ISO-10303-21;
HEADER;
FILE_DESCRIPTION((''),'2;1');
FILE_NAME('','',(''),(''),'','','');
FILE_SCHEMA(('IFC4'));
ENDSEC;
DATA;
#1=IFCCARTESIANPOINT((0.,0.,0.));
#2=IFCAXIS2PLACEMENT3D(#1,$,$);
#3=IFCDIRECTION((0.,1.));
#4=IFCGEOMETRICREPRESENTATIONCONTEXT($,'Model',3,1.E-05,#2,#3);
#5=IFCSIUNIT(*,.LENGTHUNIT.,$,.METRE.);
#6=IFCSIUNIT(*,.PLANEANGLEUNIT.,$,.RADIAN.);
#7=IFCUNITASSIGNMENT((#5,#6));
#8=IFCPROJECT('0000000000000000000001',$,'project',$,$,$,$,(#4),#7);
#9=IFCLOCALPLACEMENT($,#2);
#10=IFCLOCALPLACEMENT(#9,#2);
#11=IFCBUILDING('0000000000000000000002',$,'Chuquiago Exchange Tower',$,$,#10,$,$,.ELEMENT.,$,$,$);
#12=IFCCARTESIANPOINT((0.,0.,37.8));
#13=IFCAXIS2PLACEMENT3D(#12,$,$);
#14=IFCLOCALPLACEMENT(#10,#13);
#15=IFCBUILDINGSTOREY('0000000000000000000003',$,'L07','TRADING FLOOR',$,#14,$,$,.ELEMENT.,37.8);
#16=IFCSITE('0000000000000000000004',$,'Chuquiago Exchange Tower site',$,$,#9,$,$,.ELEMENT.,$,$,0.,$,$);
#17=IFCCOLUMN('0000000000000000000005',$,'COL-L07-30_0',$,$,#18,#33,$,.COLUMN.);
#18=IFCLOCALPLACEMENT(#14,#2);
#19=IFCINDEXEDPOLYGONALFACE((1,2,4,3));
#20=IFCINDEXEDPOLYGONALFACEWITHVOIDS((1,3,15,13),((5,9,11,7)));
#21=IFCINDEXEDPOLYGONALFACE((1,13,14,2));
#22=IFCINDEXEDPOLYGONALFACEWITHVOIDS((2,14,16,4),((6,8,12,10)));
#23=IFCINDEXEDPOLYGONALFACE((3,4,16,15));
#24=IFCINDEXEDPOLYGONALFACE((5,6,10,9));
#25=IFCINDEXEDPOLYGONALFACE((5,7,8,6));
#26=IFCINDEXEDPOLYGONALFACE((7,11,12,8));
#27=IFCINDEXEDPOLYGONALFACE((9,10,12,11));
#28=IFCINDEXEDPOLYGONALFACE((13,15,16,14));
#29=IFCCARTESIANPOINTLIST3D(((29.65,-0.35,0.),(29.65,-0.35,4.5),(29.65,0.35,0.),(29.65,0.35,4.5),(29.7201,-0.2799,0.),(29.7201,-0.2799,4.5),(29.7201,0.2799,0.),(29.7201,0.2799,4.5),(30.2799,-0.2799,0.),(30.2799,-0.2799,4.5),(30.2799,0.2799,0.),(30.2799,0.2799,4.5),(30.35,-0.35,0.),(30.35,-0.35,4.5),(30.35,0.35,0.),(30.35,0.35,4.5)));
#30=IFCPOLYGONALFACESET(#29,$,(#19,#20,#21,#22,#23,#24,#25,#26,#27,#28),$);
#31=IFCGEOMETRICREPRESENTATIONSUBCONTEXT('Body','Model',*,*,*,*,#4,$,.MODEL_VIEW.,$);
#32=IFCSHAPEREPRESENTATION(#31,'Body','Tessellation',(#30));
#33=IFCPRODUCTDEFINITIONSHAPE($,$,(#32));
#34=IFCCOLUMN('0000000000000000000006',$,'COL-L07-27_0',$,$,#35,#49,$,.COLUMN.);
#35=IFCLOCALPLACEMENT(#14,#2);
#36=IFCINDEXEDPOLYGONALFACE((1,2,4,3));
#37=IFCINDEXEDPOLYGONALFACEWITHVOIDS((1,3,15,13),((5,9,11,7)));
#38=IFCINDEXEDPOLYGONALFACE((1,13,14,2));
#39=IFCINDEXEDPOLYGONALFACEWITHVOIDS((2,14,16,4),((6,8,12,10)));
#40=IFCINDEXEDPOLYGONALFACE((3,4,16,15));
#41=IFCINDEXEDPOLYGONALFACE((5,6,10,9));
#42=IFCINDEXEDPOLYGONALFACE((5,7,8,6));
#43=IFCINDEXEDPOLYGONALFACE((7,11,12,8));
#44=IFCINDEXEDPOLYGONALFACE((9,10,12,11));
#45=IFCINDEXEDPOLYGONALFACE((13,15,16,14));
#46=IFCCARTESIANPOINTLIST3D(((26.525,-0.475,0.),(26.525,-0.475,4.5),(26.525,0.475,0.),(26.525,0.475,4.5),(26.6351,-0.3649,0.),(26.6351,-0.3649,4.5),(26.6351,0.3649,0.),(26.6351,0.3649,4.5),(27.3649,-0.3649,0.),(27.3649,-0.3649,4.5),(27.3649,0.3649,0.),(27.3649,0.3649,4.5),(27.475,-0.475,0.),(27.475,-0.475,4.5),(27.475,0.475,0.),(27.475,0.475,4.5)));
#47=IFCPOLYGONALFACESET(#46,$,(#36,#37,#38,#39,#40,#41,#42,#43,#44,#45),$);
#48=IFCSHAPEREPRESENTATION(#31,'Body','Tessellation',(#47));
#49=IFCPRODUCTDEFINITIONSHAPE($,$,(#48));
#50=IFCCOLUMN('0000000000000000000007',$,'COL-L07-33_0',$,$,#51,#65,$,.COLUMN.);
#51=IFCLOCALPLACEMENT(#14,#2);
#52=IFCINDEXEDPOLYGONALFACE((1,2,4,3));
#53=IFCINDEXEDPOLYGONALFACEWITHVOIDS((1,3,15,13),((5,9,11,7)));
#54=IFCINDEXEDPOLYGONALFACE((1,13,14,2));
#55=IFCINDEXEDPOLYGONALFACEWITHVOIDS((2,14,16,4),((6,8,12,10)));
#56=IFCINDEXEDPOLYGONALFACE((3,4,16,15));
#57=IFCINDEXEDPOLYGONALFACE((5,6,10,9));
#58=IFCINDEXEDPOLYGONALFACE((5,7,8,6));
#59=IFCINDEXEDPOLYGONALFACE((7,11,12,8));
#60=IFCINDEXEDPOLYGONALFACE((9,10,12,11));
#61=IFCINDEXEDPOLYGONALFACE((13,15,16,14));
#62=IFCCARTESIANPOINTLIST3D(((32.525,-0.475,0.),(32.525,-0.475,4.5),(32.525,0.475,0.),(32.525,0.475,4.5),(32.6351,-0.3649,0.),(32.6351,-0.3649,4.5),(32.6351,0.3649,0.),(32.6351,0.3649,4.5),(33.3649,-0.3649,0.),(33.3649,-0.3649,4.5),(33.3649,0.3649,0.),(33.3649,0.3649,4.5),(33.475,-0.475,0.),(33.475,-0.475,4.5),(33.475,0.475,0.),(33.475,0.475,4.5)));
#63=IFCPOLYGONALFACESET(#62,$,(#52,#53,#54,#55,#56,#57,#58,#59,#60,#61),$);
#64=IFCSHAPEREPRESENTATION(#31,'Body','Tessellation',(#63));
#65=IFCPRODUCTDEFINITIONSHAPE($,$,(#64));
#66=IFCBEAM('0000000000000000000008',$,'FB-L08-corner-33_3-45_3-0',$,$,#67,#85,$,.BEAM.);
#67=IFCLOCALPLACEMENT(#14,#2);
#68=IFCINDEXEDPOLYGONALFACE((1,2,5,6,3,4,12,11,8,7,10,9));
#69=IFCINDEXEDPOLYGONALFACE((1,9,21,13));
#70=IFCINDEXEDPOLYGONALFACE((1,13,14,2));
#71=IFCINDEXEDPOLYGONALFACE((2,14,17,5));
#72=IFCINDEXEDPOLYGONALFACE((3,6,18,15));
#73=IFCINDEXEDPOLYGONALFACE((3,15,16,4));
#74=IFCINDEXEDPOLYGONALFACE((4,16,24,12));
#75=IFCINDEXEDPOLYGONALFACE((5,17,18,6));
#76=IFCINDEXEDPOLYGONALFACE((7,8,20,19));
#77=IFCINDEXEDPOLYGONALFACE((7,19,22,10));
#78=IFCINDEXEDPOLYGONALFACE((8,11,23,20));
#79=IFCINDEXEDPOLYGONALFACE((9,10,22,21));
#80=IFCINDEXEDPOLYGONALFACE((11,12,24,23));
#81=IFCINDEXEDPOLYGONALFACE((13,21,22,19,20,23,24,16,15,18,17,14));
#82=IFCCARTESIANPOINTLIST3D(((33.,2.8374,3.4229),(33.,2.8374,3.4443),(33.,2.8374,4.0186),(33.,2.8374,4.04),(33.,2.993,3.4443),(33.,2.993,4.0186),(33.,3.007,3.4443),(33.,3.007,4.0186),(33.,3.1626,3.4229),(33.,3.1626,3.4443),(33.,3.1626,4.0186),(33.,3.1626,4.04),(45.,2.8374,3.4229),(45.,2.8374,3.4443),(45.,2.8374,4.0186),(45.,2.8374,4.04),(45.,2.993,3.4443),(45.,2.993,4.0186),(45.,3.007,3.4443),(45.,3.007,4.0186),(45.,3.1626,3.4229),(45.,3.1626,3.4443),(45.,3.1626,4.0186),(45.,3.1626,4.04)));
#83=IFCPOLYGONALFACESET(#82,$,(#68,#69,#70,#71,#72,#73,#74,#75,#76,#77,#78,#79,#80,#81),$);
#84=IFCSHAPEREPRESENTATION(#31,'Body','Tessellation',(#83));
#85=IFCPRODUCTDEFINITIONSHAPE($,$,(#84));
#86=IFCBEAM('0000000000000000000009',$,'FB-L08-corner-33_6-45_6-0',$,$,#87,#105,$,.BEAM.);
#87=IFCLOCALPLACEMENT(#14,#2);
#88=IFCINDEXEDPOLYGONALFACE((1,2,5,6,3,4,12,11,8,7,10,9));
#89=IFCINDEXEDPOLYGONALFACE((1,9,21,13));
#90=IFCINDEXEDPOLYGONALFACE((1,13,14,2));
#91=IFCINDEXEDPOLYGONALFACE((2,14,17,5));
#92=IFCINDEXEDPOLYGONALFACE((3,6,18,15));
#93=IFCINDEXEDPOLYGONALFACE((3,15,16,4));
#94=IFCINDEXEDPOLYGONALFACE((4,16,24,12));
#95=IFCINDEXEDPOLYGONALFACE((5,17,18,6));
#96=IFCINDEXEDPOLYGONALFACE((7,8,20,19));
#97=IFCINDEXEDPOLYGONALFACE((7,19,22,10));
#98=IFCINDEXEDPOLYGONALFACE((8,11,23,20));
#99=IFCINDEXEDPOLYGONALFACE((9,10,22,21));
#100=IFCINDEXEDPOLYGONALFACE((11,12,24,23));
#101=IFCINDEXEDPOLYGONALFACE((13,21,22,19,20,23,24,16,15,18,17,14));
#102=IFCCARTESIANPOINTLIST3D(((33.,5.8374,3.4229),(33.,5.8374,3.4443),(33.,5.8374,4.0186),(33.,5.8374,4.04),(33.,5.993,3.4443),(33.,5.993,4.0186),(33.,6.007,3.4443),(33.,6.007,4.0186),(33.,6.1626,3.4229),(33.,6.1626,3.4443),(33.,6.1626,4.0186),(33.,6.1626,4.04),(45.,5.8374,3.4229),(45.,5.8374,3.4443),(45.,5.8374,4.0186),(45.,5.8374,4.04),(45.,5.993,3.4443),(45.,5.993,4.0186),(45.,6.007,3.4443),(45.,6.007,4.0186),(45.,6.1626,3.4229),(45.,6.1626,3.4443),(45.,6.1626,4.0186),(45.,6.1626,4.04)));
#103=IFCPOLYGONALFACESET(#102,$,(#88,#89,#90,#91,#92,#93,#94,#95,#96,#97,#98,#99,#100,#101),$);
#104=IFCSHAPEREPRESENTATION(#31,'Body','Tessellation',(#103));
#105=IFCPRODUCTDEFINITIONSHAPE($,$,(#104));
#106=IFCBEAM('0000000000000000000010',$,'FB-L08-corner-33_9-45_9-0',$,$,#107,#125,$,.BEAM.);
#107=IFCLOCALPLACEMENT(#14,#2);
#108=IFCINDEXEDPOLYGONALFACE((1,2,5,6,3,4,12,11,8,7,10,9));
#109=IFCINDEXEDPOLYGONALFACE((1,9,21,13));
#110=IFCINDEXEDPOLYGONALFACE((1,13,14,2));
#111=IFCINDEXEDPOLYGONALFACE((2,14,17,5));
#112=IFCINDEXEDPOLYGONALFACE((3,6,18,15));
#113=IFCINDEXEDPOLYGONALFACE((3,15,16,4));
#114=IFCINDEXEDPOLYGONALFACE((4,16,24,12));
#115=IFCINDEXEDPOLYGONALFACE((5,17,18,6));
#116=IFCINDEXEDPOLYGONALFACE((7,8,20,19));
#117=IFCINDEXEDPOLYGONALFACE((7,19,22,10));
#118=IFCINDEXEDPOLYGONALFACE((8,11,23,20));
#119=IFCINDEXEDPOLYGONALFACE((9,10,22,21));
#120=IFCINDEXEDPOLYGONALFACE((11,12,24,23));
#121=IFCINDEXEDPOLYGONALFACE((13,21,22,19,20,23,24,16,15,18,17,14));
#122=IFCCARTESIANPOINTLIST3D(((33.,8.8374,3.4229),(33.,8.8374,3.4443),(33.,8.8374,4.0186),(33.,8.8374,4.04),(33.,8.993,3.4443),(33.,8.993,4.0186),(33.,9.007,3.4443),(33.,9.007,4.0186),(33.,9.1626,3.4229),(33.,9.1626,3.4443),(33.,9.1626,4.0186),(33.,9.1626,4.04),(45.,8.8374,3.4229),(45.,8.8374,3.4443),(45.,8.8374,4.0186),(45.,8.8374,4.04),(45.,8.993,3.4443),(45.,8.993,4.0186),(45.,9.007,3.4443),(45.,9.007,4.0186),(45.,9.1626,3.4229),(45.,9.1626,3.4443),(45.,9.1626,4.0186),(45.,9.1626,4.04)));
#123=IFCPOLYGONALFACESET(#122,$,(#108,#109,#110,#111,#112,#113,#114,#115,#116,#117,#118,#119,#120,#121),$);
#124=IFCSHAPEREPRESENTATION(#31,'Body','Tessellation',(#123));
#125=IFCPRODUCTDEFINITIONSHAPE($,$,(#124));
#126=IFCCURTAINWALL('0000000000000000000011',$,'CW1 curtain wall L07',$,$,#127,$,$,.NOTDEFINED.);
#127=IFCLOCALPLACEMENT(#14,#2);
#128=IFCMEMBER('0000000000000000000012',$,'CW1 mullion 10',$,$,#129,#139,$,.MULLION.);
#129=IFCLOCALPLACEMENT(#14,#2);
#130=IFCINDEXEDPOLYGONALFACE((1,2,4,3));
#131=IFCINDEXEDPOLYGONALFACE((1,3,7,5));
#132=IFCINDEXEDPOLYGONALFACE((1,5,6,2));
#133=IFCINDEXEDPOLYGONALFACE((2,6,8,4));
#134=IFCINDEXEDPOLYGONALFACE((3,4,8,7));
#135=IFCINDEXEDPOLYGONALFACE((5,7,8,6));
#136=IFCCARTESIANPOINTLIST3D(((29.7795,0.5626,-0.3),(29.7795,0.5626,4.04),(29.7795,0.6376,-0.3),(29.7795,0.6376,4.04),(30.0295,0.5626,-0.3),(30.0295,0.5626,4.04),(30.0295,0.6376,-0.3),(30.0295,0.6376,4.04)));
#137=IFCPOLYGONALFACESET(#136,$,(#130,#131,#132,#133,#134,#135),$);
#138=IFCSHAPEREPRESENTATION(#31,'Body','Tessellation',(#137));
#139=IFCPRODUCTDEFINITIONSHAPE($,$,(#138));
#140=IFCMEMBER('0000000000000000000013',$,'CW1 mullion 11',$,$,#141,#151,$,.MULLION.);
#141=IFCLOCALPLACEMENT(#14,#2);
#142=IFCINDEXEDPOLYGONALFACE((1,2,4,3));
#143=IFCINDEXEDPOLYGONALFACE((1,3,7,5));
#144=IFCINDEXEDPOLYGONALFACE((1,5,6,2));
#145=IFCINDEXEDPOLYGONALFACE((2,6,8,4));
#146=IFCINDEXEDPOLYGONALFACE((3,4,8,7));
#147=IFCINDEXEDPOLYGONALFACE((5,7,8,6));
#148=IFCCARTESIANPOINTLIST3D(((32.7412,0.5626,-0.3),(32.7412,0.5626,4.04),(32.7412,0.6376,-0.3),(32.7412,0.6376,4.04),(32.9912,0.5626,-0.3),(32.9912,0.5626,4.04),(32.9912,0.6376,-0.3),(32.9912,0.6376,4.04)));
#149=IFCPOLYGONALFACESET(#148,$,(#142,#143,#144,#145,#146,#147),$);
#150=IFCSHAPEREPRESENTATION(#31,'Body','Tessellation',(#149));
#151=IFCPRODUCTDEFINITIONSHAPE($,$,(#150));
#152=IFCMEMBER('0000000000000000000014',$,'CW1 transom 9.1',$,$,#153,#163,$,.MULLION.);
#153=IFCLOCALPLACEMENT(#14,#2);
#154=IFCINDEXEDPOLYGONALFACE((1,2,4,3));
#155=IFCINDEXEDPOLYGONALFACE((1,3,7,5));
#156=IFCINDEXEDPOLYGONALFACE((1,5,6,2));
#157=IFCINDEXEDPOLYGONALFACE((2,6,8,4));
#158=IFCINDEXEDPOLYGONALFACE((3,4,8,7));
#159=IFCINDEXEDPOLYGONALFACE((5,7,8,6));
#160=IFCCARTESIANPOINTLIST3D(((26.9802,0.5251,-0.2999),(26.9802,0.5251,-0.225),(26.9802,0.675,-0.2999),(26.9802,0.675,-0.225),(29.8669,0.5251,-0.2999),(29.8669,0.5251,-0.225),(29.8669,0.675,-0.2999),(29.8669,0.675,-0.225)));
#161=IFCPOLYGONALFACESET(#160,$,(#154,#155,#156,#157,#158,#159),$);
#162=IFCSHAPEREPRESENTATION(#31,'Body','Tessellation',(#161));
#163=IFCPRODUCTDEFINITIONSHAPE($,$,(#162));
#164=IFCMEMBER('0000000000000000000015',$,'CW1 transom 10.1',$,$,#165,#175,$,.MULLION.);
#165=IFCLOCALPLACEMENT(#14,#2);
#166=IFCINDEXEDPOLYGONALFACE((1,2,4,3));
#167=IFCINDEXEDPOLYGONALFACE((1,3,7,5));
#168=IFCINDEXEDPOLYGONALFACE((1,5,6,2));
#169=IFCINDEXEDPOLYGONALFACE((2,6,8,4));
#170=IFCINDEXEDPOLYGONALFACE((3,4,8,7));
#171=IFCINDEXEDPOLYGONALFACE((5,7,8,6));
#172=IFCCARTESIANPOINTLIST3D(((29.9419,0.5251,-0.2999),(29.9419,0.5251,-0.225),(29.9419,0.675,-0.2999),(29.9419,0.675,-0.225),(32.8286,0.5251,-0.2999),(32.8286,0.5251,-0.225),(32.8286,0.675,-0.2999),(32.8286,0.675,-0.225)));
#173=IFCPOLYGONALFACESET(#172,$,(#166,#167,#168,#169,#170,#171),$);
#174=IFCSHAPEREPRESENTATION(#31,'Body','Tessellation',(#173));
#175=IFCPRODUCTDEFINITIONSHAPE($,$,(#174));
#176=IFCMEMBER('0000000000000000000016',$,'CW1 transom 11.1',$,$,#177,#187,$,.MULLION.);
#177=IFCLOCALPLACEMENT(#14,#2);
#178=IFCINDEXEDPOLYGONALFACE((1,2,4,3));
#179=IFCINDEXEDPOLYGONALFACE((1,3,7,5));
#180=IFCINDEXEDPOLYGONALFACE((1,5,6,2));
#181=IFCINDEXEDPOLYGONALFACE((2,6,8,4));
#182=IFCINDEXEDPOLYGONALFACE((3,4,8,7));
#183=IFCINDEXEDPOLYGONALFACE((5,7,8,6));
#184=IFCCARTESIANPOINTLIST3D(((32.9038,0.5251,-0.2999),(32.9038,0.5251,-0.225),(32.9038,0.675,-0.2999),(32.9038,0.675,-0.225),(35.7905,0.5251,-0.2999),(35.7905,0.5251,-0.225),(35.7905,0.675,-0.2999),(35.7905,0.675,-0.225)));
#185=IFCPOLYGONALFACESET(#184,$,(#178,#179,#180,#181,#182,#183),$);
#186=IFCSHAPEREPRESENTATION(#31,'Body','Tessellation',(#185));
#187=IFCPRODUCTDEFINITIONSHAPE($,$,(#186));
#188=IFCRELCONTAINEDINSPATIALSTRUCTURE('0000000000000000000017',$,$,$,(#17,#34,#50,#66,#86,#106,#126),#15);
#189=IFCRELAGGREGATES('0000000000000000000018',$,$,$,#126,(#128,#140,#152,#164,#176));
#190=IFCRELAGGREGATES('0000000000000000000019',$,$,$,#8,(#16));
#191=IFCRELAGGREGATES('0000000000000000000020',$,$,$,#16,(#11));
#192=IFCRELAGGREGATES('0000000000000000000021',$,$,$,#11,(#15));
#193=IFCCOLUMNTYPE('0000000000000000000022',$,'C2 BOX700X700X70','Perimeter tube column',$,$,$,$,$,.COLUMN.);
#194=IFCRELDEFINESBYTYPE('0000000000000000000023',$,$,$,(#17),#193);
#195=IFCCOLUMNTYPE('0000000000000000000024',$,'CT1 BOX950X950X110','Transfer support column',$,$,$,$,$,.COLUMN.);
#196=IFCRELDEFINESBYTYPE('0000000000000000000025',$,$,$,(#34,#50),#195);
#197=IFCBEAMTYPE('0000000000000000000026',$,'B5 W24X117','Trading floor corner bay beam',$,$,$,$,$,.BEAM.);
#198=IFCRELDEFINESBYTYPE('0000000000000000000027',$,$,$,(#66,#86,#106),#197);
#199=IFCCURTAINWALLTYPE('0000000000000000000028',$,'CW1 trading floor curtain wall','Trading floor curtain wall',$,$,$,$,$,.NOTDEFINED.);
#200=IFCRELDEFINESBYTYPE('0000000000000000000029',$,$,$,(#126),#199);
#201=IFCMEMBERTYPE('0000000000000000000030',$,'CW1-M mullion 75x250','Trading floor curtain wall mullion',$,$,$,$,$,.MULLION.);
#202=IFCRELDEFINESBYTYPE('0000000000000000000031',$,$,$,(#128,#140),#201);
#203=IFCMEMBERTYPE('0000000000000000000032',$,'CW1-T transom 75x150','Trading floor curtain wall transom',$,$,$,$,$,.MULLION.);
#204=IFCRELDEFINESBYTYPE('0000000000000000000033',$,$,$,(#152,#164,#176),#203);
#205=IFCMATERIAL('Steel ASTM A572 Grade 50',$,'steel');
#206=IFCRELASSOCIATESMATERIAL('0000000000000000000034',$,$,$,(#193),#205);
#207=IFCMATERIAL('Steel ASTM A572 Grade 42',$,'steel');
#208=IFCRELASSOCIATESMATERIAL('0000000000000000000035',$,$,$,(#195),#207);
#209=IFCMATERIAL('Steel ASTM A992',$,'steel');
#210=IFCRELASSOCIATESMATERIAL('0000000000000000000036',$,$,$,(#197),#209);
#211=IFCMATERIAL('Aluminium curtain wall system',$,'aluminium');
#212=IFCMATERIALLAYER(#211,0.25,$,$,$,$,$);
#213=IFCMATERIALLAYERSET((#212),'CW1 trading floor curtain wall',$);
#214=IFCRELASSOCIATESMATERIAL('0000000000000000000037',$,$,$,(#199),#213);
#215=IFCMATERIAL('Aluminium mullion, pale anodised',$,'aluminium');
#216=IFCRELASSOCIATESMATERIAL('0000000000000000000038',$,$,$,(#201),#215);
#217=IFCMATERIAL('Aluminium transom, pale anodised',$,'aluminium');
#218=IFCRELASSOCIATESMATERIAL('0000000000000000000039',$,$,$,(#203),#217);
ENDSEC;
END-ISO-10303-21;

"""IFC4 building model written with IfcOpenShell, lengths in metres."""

from ifc_helpers import new_model, si_unit, direction, frame, origin, origin_2d, place, context, subcontext, project, spatial, rectangle, hollow_rectangle, i_section, extrude, material, layer, layer_set, material_profile, profile_set, type_object, element, aggregate, save


model = new_model("IFC4")

# Units and contexts
model_context = context("Model", 3, precision=1e-05, world=origin(), true_north=direction((0.0, 1.0)))
body_context = subcontext(model_context, "Body", "Model", "MODEL_VIEW")
ifc_project = project(units=[si_unit("LENGTHUNIT", "METRE"), si_unit("PLANEANGLEUNIT", "RADIAN")], contexts=[model_context])

# Site, building, storey
site_placement = place(None, origin())
site = spatial("IfcSite", under=ifc_project, at=site_placement, Name="Chuquiago Exchange Tower site", CompositionType="ELEMENT", RefElevation=0.0)
building_placement = place(site_placement, origin())
building = spatial("IfcBuilding", under=site, at=building_placement, Name="Chuquiago Exchange Tower", CompositionType="ELEMENT")
storey_placement = place(building_placement, frame((0.0, 0.0, 37.8)))
storey = spatial("IfcBuildingStorey", under=building, at=storey_placement, Name="L07", Description="TRADING FLOOR", CompositionType="ELEMENT", Elevation=37.8)

# Columns
ifc_material_1 = material(Name="Steel ASTM A572 Grade 50", Category="steel")
ifc_material_profile_1 = material_profile(ifc_material_1, hollow_rectangle(XDim=0.7, YDim=0.7, WallThickness=0.0701, at=origin_2d()), Name="BOX700X700X70")
ifc_profile_set_1 = profile_set([ifc_material_profile_1], Name="Steel ASTM A572 Grade 50")
column_type_1 = type_object("IfcColumnType", Name="C2 BOX700X700X70", Description="Perimeter tube column", PredefinedType="COLUMN", material=ifc_profile_set_1)
column_placement = place(storey_placement, frame((30.0, 0.0, 0.0), z_axis=(0.0, 0.0, 1.0), x_axis=(0.0, -1.0, 0.0)))
element("IfcColumn", 1, at=column_placement, inside=storey, type_object=column_type_1, Name="COL-L07-30_0", PredefinedType="COLUMN", context=body_context, shape_type="SweptSolid", body=[
    extrude(hollow_rectangle(XDim=0.7, YDim=0.7, WallThickness=0.0701, at=origin_2d()), origin(), (0.0, 0.0, 1.0), 4.5),
])
ifc_material_2 = material(Name="Steel ASTM A572 Grade 42", Category="steel")
ifc_material_profile_2 = material_profile(ifc_material_2, hollow_rectangle(XDim=0.95, YDim=0.95, WallThickness=0.1101, at=origin_2d()), Name="BOX950X950X110")
ifc_profile_set_2 = profile_set([ifc_material_profile_2], Name="Steel ASTM A572 Grade 42")
column_type_2 = type_object("IfcColumnType", Name="CT1 BOX950X950X110", Description="Transfer support column", PredefinedType="COLUMN", material=ifc_profile_set_2)
for number, where, z_axis, x_axis, name in (
    (2, (27.0, 0.0, 0.0), (0.0, 0.0, 1.0), (0.0, -1.0, 0.0), "COL-L07-27_0"),
    (3, (33.0, 0.0, 0.0), (0.0, 0.0, 1.0), (0.0, -1.0, 0.0), "COL-L07-33_0"),
):
    element("IfcColumn", number, at=place(storey_placement, frame(where, z_axis=z_axis, x_axis=x_axis)), inside=storey, type_object=column_type_2, Name=name, PredefinedType="COLUMN", context=body_context, shape_type="SweptSolid", body=[
        extrude(hollow_rectangle(XDim=0.95, YDim=0.95, WallThickness=0.1101, at=origin_2d()), origin(), (0.0, 0.0, 1.0), 4.5),
    ])

# Beams
ifc_material_3 = material(Name="Steel ASTM A992", Category="steel")
ifc_material_profile_3 = material_profile(ifc_material_3, i_section(OverallWidth=0.3252, OverallDepth=0.6172, WebThickness=0.0139, FlangeThickness=0.0215, at=origin_2d()), Name="W24X117")
ifc_profile_set_3 = profile_set([ifc_material_profile_3], Name="Steel ASTM A992")
beam_type_1 = type_object("IfcBeamType", Name="B5 W24X117", Description="Trading floor corner bay beam", PredefinedType="BEAM", material=ifc_profile_set_3)
for number, where, z_axis, x_axis, name in (
    (4, (33.0, 3.0, 3.7314), (1.0, 0.0, 0.0), (0.0, 1.0, 0.0), "FB-L08-corner-33_3-45_3-0"),
    (5, (33.0, 6.0, 3.7314), (1.0, 0.0, 0.0), (0.0, 1.0, 0.0), "FB-L08-corner-33_6-45_6-0"),
    (6, (33.0, 9.0, 3.7314), (1.0, 0.0, 0.0), (0.0, 1.0, 0.0), "FB-L08-corner-33_9-45_9-0"),
):
    element("IfcBeam", number, at=place(storey_placement, frame(where, z_axis=z_axis, x_axis=x_axis)), inside=storey, type_object=beam_type_1, Name=name, PredefinedType="BEAM", context=body_context, shape_type="SweptSolid", body=[
        extrude(i_section(OverallWidth=0.3252, OverallDepth=0.6172, WebThickness=0.0139, FlangeThickness=0.0215, at=origin_2d()), origin(), (0.0, 0.0, 1.0), 12.0),
    ])

# Curtain wall, members
ifc_material_4 = material(Name="Aluminium curtain wall system", Category="aluminium")
ifc_layer_1 = layer(ifc_material_4, 0.25)
ifc_layer_set_1 = layer_set([ifc_layer_1], Name="CW1 trading floor curtain wall")
curtain_wall_type = type_object("IfcCurtainWallType", Name="CW1 trading floor curtain wall", Description="Trading floor curtain wall", PredefinedType="NOTDEFINED", material=ifc_layer_set_1)
curtain_wall_placement = place(storey_placement, origin())
curtain_wall = element("IfcCurtainWall", 7, at=curtain_wall_placement, inside=storey, type_object=curtain_wall_type, Name="CW1 curtain wall L07", PredefinedType="NOTDEFINED")
ifc_material_5 = material(Name="Aluminium mullion, pale anodised", Category="aluminium")
ifc_material_profile_4 = material_profile(ifc_material_5, rectangle(XDim=0.075, YDim=0.25, at=origin_2d()), Name="AL 75x250")
ifc_profile_set_4 = profile_set([ifc_material_profile_4], Name="Aluminium mullion, pale anodised")
member_type_1 = type_object("IfcMemberType", Name="CW1-M mullion 75x250", Description="Trading floor curtain wall mullion", PredefinedType="MULLION", material=ifc_profile_set_4)
member_1_placement = place(storey_placement, frame((29.9045, 0.6001, -0.3), z_axis=(0.0, 0.0, 1.0), x_axis=(0.0, 1.0, 0.0)))
member_1 = element("IfcMember", 8, at=member_1_placement, type_object=member_type_1, Name="CW1 mullion 10", PredefinedType="MULLION", context=body_context, shape_type="SweptSolid", body=[
    extrude(rectangle(XDim=0.075, YDim=0.25, at=origin_2d()), origin(), (0.0, 0.0, 1.0), 4.3401),
])
member_2_placement = place(storey_placement, frame((32.8662, 0.6001, -0.3), z_axis=(0.0, 0.0, 1.0), x_axis=(0.0, 1.0, 0.0)))
member_2 = element("IfcMember", 9, at=member_2_placement, type_object=member_type_1, Name="CW1 mullion 11", PredefinedType="MULLION", context=body_context, shape_type="SweptSolid", body=[
    extrude(rectangle(XDim=0.075, YDim=0.25, at=origin_2d()), origin(), (0.0, 0.0, 1.0), 4.3401),
])
ifc_material_6 = material(Name="Aluminium transom, pale anodised", Category="aluminium")
ifc_material_profile_5 = material_profile(ifc_material_6, rectangle(XDim=0.1499, YDim=0.075, at=origin_2d()), Name="AL 150x75")
ifc_profile_set_5 = profile_set([ifc_material_profile_5], Name="Aluminium transom, pale anodised")
member_type_2 = type_object("IfcMemberType", Name="CW1-T transom 75x150", Description="Trading floor curtain wall transom", PredefinedType="MULLION", material=ifc_profile_set_5)
member_3_placement = place(storey_placement, frame((26.9802, 0.6001, -0.2625), z_axis=(1.0, 0.0, 0.0), x_axis=(0.0, 1.0, 0.0)))
member_3 = element("IfcMember", 10, at=member_3_placement, type_object=member_type_2, Name="CW1 transom 9.1", PredefinedType="MULLION", context=body_context, shape_type="SweptSolid", body=[
    extrude(rectangle(XDim=0.1499, YDim=0.075, at=origin_2d()), origin(), (0.0, 0.0, 1.0), 2.8867),
])
member_4_placement = place(storey_placement, frame((29.9419, 0.6001, -0.2625), z_axis=(1.0, 0.0, 0.0), x_axis=(0.0, 1.0, 0.0)))
member_4 = element("IfcMember", 11, at=member_4_placement, type_object=member_type_2, Name="CW1 transom 10.1", PredefinedType="MULLION", context=body_context, shape_type="SweptSolid", body=[
    extrude(rectangle(XDim=0.1499, YDim=0.075, at=origin_2d()), origin(), (0.0, 0.0, 1.0), 2.8867),
])
member_5_placement = place(storey_placement, frame((32.9038, 0.6001, -0.2625), z_axis=(1.0, 0.0, 0.0), x_axis=(0.0, 1.0, 0.0)))
member_5 = element("IfcMember", 12, at=member_5_placement, type_object=member_type_2, Name="CW1 transom 11.1", PredefinedType="MULLION", context=body_context, shape_type="SweptSolid", body=[
    extrude(rectangle(XDim=0.1499, YDim=0.075, at=origin_2d()), origin(), (0.0, 0.0, 1.0), 2.8867),
])

aggregate(curtain_wall, [member_1, member_2, member_3, member_4, member_5])

save(model, "model.ifc")
